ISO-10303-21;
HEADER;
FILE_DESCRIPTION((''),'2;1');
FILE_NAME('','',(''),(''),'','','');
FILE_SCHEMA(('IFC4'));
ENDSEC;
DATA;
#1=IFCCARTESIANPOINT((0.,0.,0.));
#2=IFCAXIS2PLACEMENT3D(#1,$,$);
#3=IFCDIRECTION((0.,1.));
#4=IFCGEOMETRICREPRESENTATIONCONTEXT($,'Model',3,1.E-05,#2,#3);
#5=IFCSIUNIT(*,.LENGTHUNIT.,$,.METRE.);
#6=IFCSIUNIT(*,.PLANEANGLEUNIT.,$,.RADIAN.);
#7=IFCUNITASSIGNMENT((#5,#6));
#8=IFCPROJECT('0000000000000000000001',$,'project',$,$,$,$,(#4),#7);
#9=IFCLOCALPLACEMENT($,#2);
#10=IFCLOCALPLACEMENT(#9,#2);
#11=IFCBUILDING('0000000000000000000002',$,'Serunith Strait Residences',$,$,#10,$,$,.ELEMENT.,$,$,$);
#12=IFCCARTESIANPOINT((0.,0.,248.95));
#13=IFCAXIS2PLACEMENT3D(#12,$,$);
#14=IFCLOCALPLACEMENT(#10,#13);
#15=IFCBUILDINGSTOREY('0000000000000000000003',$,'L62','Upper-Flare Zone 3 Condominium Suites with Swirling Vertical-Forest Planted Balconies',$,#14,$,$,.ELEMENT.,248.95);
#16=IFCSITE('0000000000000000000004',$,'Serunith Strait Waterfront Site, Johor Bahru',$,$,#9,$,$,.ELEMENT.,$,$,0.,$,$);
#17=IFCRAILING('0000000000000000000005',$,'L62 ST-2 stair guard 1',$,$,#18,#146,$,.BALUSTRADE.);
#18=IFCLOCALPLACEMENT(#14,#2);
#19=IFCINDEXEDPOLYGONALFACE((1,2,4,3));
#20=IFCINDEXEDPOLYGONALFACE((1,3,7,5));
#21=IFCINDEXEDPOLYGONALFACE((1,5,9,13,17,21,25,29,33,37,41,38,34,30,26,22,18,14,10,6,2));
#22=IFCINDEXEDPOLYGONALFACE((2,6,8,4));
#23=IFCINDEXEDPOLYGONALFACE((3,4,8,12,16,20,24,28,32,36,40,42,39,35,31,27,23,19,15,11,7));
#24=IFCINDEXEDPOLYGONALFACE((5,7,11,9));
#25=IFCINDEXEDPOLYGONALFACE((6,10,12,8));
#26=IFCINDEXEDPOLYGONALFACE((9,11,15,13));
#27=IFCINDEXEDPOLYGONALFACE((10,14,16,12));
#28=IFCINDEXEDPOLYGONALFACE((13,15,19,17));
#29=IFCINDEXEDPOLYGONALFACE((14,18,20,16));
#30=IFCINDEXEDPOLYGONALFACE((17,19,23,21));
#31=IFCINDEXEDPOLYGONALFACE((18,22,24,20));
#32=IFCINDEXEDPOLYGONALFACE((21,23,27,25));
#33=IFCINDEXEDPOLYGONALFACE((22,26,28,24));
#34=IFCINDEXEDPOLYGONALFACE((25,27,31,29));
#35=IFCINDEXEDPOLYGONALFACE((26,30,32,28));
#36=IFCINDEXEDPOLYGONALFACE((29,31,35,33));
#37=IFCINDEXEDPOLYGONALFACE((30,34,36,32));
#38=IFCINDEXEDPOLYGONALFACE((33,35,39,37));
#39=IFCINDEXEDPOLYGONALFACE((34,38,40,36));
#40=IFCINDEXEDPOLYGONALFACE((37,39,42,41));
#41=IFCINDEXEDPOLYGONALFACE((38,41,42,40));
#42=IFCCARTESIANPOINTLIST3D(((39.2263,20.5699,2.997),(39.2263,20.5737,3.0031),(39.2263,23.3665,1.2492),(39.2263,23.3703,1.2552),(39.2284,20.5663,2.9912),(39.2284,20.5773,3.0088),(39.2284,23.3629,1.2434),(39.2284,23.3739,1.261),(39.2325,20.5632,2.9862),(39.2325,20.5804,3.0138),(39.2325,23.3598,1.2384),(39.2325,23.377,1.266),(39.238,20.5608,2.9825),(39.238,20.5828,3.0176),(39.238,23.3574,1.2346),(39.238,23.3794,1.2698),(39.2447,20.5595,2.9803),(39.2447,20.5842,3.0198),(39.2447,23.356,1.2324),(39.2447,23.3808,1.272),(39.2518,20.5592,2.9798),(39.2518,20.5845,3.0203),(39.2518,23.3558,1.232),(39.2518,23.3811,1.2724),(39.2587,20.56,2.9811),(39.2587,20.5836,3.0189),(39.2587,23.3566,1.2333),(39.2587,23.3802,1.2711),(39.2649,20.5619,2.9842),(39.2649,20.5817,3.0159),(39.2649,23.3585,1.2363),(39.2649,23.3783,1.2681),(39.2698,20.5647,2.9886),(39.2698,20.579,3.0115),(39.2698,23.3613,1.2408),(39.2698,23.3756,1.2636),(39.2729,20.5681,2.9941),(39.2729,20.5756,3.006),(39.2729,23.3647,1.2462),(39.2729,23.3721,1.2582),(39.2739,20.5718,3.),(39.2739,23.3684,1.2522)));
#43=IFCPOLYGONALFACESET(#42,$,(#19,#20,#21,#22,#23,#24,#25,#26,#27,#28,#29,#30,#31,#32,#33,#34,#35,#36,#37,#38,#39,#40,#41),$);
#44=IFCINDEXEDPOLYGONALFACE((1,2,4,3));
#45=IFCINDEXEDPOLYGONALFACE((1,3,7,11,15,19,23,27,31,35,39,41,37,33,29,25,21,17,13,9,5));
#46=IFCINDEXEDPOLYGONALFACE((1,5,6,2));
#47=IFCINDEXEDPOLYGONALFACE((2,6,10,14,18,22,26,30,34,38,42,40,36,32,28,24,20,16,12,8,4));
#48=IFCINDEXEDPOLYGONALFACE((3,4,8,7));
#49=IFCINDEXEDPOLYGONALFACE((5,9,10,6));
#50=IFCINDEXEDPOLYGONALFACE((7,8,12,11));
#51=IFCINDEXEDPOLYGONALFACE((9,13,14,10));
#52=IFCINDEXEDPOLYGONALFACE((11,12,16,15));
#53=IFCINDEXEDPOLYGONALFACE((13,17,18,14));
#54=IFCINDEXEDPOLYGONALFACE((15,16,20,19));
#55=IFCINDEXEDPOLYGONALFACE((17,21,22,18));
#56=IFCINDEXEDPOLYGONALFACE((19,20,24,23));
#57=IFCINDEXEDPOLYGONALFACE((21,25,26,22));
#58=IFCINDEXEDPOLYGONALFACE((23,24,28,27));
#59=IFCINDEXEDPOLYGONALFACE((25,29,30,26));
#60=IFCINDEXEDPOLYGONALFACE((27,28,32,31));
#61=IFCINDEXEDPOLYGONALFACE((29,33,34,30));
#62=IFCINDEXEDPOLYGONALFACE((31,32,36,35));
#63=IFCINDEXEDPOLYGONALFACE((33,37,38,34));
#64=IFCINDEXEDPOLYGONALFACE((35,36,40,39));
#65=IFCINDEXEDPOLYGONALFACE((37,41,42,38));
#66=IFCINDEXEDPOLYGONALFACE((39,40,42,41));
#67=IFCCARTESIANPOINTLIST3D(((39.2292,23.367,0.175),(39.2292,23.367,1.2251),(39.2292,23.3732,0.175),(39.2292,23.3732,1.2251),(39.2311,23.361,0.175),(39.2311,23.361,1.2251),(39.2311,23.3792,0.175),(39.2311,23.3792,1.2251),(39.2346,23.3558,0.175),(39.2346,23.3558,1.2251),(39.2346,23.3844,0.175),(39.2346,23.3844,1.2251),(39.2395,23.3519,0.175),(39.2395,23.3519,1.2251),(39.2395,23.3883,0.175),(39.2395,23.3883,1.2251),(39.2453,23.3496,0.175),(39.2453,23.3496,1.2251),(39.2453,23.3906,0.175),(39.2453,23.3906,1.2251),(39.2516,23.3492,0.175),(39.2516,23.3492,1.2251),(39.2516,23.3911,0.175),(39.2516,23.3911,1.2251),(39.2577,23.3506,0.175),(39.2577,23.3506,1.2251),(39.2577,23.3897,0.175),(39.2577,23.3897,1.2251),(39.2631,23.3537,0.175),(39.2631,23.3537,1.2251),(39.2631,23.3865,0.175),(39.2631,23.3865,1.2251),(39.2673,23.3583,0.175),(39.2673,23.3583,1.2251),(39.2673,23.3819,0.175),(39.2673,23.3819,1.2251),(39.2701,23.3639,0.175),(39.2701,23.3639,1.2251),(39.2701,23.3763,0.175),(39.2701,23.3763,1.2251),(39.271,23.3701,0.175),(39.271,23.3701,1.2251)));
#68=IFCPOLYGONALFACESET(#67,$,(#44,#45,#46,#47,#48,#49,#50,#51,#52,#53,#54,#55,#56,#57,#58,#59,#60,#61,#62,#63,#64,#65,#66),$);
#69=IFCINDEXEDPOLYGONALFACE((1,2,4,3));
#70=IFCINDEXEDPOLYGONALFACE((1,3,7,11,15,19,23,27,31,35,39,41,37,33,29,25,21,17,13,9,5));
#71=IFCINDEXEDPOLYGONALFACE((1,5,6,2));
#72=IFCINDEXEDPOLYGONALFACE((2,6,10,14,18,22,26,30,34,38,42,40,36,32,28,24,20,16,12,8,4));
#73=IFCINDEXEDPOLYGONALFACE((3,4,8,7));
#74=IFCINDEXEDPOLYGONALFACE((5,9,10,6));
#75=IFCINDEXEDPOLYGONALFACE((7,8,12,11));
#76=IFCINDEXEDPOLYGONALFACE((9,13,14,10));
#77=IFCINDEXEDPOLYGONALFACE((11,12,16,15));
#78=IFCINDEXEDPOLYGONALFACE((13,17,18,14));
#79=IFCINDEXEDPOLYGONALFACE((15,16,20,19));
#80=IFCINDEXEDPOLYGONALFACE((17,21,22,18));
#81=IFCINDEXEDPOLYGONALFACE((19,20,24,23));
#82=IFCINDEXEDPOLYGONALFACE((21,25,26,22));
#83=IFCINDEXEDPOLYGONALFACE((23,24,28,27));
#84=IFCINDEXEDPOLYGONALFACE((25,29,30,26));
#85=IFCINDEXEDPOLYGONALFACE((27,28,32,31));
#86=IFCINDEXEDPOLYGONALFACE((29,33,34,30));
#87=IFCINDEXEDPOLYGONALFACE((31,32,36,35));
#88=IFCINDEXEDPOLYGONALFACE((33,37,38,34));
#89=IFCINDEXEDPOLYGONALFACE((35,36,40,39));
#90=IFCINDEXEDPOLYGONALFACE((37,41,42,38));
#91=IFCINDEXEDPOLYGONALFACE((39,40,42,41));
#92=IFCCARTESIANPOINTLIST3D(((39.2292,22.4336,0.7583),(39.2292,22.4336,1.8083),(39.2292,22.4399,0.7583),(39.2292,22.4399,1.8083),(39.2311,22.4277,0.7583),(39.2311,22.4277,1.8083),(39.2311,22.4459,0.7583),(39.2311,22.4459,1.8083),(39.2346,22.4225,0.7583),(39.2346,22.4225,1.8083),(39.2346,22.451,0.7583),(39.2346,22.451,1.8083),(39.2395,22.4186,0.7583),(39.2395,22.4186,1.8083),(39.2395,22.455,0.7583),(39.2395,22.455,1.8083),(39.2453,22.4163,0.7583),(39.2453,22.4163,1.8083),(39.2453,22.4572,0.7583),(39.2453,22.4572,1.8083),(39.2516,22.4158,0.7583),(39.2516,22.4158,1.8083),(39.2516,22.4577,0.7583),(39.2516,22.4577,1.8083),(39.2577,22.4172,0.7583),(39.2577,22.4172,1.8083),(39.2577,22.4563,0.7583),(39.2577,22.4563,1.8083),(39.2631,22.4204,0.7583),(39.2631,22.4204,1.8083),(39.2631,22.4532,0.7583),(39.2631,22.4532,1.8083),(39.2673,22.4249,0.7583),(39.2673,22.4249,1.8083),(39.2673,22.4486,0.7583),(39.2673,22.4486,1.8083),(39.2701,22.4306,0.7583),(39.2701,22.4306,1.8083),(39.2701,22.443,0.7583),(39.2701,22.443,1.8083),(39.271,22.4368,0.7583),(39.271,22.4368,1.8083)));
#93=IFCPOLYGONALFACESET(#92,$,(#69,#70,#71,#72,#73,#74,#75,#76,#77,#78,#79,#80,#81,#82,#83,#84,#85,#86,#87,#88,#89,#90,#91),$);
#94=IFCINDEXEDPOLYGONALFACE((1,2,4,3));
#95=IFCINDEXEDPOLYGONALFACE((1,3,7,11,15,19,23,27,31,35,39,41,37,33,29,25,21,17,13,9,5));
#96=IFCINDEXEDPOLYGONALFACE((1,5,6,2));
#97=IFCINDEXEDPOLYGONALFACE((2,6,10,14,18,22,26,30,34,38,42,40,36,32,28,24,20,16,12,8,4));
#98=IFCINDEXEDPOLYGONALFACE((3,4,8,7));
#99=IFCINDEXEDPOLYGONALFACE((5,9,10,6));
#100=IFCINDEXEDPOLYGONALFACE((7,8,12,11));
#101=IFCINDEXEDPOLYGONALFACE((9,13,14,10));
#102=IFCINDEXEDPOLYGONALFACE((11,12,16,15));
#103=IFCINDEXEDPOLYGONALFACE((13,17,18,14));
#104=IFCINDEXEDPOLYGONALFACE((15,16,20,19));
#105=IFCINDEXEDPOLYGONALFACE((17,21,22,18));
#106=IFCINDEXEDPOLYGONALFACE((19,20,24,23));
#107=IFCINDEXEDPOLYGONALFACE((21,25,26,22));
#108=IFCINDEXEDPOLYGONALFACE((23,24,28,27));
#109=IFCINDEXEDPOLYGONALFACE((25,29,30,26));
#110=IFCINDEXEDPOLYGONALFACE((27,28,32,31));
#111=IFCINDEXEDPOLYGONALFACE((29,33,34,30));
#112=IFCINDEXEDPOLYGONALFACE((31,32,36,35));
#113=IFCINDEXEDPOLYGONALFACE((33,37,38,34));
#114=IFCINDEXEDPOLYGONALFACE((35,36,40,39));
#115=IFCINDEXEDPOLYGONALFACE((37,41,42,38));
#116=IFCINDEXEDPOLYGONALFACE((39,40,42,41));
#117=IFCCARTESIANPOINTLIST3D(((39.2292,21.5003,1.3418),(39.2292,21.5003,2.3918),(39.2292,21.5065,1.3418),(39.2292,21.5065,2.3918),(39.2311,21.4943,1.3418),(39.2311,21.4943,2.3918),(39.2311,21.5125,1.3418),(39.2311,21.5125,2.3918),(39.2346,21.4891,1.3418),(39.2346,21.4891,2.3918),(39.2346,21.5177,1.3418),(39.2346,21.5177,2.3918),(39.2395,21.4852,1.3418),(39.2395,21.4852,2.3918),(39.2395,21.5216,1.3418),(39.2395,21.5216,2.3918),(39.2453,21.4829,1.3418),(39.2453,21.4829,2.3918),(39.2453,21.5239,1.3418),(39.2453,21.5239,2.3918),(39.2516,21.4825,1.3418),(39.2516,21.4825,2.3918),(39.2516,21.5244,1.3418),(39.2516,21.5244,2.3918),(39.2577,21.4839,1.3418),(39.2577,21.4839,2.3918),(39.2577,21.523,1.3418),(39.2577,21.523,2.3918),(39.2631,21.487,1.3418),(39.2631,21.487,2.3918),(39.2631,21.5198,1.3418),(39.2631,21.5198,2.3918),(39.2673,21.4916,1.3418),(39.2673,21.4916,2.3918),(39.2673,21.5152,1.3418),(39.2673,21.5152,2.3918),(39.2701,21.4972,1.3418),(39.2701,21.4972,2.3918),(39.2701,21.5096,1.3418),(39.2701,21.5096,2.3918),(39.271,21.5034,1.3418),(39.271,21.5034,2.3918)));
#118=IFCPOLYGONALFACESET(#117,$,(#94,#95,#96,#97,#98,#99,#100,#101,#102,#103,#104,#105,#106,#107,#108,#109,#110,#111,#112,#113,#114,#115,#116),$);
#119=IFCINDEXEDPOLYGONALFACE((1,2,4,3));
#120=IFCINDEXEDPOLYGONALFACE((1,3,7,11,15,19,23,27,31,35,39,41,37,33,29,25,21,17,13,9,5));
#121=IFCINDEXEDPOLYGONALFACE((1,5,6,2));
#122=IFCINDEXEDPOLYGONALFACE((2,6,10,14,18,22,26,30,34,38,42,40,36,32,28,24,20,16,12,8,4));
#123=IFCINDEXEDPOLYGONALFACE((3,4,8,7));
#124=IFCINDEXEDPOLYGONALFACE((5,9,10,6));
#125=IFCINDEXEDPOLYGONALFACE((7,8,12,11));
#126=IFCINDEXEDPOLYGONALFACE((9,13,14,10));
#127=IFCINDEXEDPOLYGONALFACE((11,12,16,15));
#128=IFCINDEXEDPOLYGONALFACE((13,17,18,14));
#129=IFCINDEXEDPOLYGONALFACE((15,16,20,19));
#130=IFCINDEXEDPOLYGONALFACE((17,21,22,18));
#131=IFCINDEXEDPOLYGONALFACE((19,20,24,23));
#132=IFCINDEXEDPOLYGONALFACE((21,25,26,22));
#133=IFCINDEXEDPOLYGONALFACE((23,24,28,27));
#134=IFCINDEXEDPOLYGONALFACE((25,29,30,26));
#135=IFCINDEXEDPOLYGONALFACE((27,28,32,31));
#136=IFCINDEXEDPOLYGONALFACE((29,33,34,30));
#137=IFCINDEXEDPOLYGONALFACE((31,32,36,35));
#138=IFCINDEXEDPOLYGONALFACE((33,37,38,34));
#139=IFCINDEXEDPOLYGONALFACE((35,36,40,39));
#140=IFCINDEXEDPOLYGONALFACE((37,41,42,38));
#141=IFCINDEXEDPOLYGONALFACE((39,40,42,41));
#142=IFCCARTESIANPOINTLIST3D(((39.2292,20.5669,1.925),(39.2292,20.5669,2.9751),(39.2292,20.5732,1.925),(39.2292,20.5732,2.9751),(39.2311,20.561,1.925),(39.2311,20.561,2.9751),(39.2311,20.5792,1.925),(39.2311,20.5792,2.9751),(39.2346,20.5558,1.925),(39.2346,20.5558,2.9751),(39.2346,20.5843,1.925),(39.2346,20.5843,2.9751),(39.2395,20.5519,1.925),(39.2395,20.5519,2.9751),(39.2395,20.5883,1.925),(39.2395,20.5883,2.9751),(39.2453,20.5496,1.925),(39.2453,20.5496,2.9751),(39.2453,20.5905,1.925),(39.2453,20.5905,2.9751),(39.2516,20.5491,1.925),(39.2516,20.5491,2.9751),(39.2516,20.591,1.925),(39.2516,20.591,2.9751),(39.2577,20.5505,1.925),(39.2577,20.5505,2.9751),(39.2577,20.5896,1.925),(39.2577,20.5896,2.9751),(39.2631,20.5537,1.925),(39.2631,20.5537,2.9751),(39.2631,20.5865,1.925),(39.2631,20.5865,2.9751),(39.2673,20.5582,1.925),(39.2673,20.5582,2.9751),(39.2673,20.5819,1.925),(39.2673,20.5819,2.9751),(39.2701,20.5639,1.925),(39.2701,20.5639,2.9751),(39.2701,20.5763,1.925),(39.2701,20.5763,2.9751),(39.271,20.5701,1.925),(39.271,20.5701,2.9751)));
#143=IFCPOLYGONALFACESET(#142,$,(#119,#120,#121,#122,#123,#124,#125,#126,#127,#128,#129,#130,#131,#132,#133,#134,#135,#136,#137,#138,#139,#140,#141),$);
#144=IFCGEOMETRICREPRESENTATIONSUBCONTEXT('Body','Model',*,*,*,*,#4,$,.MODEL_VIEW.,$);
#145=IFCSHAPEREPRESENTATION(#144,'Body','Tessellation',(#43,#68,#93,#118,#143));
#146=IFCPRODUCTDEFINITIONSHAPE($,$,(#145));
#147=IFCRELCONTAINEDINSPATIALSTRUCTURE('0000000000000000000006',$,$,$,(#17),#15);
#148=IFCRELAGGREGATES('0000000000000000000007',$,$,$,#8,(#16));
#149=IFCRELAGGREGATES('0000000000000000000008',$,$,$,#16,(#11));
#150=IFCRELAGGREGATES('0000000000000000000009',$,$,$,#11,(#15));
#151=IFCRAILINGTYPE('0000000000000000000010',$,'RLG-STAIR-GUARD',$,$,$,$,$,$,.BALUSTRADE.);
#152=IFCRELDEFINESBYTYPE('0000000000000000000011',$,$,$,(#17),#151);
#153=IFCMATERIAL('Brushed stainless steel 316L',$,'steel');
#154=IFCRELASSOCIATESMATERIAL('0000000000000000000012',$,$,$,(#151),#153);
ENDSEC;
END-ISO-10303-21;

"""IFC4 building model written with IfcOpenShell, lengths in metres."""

from ifc_helpers import new_model, si_unit, direction, frame, origin, origin_2d, place, context, subcontext, project, spatial, circle, extrude, material, type_object, element, save


model = new_model("IFC4")

# Units and contexts
model_context = context("Model", 3, precision=1e-05, world=origin(), true_north=direction((0.0, 1.0)))
body_context = subcontext(model_context, "Body", "Model", "MODEL_VIEW")
ifc_project = project(units=[si_unit("LENGTHUNIT", "METRE"), si_unit("PLANEANGLEUNIT", "RADIAN")], contexts=[model_context])

# Site, building, storey
site_placement = place(None, origin())
site = spatial("IfcSite", under=ifc_project, at=site_placement, Name="Serunith Strait Waterfront Site, Johor Bahru", CompositionType="ELEMENT", RefElevation=0.0)
building_placement = place(site_placement, origin())
building = spatial("IfcBuilding", under=site, at=building_placement, Name="Serunith Strait Residences", CompositionType="ELEMENT")
storey_placement = place(building_placement, frame((0.0, 0.0, 248.95)))
storey = spatial("IfcBuildingStorey", under=building, at=storey_placement, Name="L62", Description="Upper-Flare Zone 3 Condominium Suites with Swirling Vertical-Forest Planted Balconies", CompositionType="ELEMENT", Elevation=248.95)

# Railing
ifc_material_1 = material(Name="Brushed stainless steel 316L", Category="steel")
railing_type_1 = type_object("IfcRailingType", Name="RLG-STAIR-GUARD", PredefinedType="BALUSTRADE", material=ifc_material_1)
railing_1_placement = place(storey_placement, frame((39.25, 23.3701, 0.175)))
element("IfcRailing", 1, at=railing_1_placement, inside=storey, type_object=railing_type_1, Name="L62 ST-2 stair guard 1", PredefinedType="BALUSTRADE", context=body_context, shape_type="SweptSolid", body=[
    extrude(circle(Radius=0.0239, at=origin_2d()), frame((0.0, -0.0017, 1.0771), z_axis=(0.0, -0.848002, 0.529992), x_axis=(1.0, 0.0, 0.0)), (0.0, 0.0, 1.0), 3.2979),
    extrude(circle(Radius=0.021, at=origin_2d()), origin(), (0.0, 0.0, 1.0), 1.05),
    extrude(circle(Radius=0.021, at=origin_2d()), frame((0.0, -0.9333, 0.5833)), (0.0, 0.0, 1.0), 1.05),
    extrude(circle(Radius=0.021, at=origin_2d()), frame((0.0, -1.8667, 1.1667)), (0.0, 0.0, 1.0), 1.05),
    extrude(circle(Radius=0.021, at=origin_2d()), frame((0.0, -2.8, 1.75)), (0.0, 0.0, 1.0), 1.05),
])

save(model, "model.ifc")
